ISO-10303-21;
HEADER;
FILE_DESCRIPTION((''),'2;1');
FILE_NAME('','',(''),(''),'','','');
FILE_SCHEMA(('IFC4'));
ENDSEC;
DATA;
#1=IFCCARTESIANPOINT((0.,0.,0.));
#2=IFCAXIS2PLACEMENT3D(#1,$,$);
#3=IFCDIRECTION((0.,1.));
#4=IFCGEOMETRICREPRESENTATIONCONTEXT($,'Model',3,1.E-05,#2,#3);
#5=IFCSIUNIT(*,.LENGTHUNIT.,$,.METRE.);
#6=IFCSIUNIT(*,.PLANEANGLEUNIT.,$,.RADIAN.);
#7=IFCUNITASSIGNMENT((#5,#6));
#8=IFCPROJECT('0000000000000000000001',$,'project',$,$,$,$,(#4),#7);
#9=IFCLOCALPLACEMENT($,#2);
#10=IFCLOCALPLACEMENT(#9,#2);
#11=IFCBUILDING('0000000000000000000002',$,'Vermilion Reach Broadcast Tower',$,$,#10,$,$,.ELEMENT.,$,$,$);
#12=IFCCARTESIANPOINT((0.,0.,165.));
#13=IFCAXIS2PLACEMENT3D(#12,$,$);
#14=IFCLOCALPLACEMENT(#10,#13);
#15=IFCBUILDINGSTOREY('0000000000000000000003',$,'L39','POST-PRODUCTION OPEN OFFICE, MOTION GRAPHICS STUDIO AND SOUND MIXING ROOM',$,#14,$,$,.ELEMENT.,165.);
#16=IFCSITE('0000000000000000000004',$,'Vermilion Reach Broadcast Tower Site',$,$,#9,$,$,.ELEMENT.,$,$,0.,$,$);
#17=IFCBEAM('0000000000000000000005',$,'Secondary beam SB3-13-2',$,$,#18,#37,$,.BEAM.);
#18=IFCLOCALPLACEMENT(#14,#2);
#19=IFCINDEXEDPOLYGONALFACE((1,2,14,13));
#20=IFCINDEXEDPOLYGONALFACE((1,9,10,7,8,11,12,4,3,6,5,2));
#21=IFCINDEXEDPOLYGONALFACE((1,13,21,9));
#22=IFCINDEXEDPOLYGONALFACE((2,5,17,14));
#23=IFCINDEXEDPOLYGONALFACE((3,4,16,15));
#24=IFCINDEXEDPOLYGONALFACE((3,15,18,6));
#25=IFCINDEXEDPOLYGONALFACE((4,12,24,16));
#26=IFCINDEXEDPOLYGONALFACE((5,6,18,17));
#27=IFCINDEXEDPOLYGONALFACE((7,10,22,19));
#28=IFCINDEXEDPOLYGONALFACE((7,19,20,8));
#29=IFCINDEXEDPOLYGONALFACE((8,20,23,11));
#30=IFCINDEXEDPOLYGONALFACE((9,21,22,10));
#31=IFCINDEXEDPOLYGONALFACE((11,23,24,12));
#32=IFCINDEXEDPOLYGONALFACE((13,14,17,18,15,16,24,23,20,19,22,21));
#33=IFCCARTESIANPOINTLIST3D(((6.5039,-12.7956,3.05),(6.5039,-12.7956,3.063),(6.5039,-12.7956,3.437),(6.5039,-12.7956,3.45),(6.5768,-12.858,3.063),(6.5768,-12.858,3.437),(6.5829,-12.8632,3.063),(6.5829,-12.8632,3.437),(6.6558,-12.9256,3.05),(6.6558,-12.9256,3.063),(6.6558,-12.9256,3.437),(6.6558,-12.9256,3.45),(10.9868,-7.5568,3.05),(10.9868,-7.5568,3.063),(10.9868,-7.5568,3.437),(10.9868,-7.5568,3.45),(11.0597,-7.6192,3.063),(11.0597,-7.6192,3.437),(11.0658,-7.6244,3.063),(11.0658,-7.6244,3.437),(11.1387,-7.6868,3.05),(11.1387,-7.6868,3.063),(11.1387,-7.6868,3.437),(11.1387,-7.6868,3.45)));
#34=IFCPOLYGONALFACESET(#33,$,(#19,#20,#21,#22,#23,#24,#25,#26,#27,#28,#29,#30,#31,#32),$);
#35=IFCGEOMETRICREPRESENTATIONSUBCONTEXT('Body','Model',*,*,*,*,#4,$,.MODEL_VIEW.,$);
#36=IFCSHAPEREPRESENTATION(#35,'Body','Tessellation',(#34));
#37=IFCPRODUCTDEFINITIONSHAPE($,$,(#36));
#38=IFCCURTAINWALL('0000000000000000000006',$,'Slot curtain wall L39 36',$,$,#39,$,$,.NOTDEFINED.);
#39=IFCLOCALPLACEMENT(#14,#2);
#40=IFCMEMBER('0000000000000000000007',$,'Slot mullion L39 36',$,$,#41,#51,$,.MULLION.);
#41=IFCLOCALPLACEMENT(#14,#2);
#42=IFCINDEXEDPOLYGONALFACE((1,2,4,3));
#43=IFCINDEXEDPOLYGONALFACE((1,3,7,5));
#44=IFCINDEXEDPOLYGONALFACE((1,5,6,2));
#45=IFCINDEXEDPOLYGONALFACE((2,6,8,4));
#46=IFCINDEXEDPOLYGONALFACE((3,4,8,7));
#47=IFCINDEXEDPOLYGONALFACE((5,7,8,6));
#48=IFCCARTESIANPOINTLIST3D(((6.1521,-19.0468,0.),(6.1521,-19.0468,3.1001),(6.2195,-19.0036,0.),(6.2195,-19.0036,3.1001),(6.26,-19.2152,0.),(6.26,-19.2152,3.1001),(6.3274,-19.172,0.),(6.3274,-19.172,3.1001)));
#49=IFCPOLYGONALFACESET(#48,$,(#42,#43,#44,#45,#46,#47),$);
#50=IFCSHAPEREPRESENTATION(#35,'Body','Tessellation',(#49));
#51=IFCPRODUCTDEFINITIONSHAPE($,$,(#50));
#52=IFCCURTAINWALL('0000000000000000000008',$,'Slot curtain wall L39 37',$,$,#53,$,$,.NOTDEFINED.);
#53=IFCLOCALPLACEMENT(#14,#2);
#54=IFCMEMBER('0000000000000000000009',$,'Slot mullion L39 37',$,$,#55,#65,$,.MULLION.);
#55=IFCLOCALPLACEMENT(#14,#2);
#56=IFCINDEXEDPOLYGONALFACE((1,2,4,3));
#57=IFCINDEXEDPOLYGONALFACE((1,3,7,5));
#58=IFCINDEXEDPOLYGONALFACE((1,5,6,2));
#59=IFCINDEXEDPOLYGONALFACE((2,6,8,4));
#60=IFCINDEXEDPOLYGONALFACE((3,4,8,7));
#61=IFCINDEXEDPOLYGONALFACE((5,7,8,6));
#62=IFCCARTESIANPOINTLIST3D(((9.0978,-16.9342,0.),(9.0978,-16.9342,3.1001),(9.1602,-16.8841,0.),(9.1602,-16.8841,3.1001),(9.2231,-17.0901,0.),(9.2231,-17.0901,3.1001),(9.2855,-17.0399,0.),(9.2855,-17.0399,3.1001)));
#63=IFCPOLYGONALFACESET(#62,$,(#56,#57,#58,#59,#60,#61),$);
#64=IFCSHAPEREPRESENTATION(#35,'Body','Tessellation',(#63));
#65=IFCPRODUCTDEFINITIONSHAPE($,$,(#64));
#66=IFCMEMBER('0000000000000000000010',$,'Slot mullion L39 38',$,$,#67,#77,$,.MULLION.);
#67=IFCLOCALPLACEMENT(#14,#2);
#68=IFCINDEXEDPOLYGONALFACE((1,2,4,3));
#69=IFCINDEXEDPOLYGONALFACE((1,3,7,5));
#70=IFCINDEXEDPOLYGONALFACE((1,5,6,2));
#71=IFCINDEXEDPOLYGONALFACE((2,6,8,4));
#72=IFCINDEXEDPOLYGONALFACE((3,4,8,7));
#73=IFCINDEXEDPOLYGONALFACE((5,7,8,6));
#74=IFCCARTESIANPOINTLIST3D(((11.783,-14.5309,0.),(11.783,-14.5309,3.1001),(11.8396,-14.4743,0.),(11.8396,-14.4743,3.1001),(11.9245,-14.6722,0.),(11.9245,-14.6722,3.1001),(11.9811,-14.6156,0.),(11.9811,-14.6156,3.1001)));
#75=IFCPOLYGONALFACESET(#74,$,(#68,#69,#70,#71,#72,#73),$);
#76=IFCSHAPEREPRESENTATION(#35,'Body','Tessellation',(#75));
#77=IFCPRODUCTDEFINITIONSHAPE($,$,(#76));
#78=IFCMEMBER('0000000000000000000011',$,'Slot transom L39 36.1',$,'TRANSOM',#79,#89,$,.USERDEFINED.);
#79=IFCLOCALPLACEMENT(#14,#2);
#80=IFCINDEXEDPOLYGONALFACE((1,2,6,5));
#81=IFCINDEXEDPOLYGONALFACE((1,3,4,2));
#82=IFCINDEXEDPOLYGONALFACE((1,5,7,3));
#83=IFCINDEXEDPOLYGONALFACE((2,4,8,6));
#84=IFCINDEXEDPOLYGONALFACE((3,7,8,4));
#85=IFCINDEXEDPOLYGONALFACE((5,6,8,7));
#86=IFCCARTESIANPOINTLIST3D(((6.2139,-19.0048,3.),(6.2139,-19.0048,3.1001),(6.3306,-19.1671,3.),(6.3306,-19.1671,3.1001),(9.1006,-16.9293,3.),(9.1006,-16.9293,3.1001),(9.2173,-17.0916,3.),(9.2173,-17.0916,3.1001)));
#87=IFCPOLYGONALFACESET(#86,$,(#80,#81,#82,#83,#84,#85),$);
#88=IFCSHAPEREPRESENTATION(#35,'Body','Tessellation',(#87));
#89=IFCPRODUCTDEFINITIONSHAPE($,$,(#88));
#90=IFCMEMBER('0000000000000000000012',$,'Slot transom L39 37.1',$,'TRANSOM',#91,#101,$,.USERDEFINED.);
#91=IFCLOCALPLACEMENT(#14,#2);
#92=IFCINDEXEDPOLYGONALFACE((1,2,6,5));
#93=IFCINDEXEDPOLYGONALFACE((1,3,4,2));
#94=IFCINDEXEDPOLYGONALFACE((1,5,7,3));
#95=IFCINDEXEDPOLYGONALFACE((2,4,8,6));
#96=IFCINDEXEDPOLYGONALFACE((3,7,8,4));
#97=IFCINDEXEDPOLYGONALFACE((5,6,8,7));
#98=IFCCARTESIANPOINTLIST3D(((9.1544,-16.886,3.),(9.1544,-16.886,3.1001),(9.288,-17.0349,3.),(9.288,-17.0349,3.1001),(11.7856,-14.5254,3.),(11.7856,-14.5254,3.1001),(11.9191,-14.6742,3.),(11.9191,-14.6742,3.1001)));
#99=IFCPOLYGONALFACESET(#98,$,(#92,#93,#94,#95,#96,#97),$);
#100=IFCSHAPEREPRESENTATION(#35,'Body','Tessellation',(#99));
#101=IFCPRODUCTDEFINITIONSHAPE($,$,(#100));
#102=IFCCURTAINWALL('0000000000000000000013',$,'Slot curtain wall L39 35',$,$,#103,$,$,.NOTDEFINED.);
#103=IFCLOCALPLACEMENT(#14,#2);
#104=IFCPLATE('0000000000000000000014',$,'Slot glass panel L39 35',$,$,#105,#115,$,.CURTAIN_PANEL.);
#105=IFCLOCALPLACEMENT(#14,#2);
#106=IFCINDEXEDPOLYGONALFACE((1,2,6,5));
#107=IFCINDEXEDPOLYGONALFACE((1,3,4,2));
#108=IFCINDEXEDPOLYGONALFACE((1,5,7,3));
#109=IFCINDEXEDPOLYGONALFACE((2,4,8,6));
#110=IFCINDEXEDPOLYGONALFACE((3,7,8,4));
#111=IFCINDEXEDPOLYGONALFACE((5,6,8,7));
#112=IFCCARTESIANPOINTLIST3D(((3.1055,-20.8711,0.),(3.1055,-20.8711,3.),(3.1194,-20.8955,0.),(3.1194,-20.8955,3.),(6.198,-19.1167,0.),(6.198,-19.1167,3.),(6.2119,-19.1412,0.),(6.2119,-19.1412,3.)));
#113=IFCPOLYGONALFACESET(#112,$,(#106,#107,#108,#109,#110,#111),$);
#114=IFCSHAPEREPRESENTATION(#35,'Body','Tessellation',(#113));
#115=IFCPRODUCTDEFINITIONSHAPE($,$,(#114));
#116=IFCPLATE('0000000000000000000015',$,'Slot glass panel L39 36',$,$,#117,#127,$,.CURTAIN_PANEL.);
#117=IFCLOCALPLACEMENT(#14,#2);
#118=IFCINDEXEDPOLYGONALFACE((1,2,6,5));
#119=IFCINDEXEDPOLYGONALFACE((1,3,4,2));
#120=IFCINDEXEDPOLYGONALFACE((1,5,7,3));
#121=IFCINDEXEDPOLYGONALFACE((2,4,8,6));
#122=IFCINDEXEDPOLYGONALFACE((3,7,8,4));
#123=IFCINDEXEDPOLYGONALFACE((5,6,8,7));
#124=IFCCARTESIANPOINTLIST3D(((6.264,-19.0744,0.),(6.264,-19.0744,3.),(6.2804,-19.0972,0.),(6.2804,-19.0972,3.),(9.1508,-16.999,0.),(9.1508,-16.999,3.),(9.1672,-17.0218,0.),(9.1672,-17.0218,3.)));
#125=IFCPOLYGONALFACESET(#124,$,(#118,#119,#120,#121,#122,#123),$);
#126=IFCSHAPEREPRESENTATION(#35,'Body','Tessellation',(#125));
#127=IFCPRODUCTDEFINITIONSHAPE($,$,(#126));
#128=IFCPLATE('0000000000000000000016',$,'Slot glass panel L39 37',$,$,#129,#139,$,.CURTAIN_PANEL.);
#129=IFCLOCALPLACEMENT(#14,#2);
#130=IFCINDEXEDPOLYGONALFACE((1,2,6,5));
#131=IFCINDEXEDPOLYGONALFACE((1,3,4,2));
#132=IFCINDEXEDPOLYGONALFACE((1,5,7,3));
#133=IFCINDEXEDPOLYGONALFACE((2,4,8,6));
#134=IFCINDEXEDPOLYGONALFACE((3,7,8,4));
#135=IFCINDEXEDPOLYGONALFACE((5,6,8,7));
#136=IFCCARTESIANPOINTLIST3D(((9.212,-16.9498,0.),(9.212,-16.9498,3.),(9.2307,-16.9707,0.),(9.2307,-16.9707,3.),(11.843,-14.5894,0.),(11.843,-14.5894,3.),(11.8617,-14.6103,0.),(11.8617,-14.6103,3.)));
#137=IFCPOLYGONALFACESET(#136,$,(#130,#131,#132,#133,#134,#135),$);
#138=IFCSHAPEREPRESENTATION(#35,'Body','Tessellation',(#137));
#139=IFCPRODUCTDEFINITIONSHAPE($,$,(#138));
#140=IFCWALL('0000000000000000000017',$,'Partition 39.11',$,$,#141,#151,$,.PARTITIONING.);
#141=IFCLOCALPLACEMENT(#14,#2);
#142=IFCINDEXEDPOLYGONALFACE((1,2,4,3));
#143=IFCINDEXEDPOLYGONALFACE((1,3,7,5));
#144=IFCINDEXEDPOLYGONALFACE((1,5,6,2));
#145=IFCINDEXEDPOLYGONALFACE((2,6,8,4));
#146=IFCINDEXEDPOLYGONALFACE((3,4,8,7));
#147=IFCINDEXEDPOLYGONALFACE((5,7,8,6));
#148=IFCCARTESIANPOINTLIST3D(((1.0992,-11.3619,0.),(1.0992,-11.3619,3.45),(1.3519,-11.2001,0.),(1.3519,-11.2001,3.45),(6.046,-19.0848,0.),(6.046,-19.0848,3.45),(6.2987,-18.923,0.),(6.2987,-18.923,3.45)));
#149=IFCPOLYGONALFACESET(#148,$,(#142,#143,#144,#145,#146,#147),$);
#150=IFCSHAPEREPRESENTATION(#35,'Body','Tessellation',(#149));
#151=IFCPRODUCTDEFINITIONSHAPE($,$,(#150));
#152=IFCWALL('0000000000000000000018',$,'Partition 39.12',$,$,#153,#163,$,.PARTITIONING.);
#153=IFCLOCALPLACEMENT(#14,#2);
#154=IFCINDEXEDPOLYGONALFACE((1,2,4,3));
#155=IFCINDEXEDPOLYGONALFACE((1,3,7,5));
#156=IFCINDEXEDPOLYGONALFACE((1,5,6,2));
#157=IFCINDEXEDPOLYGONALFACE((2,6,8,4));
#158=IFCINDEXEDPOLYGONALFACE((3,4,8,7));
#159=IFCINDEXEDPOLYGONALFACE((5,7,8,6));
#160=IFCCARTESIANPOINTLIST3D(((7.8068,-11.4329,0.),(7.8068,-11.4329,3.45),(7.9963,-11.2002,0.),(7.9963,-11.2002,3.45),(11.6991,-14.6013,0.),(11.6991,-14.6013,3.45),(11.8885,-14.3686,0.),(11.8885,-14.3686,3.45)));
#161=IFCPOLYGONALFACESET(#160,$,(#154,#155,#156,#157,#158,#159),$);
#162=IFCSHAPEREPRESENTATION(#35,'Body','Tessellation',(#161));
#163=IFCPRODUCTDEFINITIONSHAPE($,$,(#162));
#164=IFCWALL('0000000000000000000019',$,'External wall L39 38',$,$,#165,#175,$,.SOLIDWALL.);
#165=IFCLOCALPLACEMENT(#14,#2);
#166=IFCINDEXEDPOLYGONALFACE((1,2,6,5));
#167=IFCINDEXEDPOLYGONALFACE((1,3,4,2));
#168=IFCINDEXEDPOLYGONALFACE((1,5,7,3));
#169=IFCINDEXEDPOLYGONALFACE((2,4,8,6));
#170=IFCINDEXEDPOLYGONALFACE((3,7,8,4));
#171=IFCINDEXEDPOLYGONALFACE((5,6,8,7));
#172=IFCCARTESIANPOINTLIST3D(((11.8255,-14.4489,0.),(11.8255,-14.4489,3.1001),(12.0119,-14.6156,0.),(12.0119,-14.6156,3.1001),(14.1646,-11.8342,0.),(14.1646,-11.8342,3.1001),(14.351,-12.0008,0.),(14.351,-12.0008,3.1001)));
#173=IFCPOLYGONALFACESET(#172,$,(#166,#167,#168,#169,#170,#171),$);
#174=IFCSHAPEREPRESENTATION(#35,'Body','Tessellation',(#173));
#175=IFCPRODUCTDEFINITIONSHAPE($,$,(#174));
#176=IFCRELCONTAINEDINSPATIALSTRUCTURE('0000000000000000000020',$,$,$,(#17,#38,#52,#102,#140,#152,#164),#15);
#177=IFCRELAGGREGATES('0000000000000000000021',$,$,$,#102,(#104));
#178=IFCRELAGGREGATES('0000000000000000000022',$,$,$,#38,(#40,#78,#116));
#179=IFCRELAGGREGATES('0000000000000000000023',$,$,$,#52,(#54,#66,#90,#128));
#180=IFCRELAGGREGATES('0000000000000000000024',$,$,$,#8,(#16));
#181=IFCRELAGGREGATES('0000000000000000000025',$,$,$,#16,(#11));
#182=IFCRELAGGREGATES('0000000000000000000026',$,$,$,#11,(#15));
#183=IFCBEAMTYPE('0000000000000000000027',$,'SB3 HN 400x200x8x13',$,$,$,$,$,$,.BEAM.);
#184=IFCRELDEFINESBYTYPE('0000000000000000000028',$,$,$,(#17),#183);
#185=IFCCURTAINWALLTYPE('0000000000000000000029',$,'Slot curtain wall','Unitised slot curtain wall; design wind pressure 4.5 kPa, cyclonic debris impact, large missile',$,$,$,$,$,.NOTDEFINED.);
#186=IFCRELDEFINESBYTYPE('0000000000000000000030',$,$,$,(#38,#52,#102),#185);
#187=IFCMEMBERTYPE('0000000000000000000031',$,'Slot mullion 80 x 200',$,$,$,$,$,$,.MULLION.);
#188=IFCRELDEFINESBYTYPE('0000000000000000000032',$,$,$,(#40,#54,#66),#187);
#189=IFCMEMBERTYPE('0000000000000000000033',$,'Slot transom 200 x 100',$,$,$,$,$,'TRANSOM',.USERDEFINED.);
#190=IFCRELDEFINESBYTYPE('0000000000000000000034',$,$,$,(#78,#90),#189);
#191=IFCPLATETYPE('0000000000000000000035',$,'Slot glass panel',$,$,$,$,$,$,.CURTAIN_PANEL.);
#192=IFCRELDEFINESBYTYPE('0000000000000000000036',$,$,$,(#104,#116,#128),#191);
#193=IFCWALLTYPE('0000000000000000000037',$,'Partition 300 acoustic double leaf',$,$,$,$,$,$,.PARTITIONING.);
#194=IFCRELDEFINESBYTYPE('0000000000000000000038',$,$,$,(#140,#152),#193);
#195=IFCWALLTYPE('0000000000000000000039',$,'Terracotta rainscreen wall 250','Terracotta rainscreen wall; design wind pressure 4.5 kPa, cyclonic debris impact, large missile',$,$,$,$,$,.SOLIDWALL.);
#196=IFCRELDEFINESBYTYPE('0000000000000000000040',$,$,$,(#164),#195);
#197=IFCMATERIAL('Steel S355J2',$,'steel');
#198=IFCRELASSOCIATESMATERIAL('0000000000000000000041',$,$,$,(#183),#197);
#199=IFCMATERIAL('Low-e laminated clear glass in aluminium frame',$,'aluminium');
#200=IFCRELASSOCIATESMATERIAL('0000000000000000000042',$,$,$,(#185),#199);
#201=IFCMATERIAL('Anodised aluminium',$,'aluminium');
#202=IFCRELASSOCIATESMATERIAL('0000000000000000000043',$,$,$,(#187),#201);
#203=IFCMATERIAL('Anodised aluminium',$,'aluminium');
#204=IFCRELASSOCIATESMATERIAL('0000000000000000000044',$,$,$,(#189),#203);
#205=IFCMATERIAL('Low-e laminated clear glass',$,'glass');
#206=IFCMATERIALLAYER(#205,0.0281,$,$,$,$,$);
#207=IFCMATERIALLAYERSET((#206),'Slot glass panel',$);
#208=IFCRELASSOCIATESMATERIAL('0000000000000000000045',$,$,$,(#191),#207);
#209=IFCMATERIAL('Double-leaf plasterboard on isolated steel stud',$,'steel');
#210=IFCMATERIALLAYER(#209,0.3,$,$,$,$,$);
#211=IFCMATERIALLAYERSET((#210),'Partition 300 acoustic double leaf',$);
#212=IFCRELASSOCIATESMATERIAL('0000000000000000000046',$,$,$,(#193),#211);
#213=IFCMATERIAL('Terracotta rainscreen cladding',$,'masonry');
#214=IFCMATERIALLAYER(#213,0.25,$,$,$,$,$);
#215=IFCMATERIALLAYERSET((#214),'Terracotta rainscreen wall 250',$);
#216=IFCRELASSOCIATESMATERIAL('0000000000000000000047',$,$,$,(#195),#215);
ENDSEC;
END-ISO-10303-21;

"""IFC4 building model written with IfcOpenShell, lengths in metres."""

from ifc_helpers import new_model, si_unit, direction, frame, frame_2d, origin, origin_2d, place, context, subcontext, project, spatial, rectangle, i_section, extrude, material, layer, layer_set, material_profile, profile_set, type_object, element, aggregate, save


model = new_model("IFC4")

# Units and contexts
model_context = context("Model", 3, precision=1e-05, world=origin(), true_north=direction((0.0, 1.0)))
body_context = subcontext(model_context, "Body", "Model", "MODEL_VIEW")
ifc_project = project(units=[si_unit("LENGTHUNIT", "METRE"), si_unit("PLANEANGLEUNIT", "RADIAN")], contexts=[model_context])

# Site, building, storey
site_placement = place(None, origin())
site = spatial("IfcSite", under=ifc_project, at=site_placement, Name="Vermilion Reach Broadcast Tower Site", CompositionType="ELEMENT", RefElevation=0.0)
building_placement = place(site_placement, origin())
building = spatial("IfcBuilding", under=site, at=building_placement, Name="Vermilion Reach Broadcast Tower", CompositionType="ELEMENT")
storey_placement = place(building_placement, frame((0.0, 0.0, 165.0)))
storey = spatial("IfcBuildingStorey", under=building, at=storey_placement, Name="L39", Description="POST-PRODUCTION OPEN OFFICE, MOTION GRAPHICS STUDIO AND SOUND MIXING ROOM", CompositionType="ELEMENT", Elevation=165.0)

# Beam
ifc_material_1 = material(Name="Steel S355J2", Category="steel")
ifc_material_profile_1 = material_profile(ifc_material_1, i_section(OverallWidth=0.2, OverallDepth=0.3999, WebThickness=0.0081, FlangeThickness=0.0129, at=origin_2d()), Name="S355J2 HN 400x200x8x13")
ifc_profile_set_1 = profile_set([ifc_material_profile_1], Name="Steel S355J2")
beam_type_1 = type_object("IfcBeamType", Name="SB3 HN 400x200x8x13", PredefinedType="BEAM", material=ifc_profile_set_1)
beam_1_placement = place(storey_placement, frame((6.5798, -12.8606, 3.25), z_axis=(0.650167, 0.759791, 0.0), x_axis=(-0.759791, 0.650167, 0.0)))
element("IfcBeam", 1, at=beam_1_placement, inside=storey, type_object=beam_type_1, Name="Secondary beam SB3-13-2", PredefinedType="BEAM", context=body_context, shape_type="SweptSolid", body=[
    extrude(i_section(OverallWidth=0.2, OverallDepth=0.3999, WebThickness=0.0081, FlangeThickness=0.0129, at=origin_2d()), origin(), (0.0, 0.0, 1.0), 6.895),
])

# Curtain wall, member
ifc_material_2 = material(Name="Low-e laminated clear glass in aluminium frame", Category="aluminium")
curtain_wall_type = type_object("IfcCurtainWallType", Name="Slot curtain wall", Description="Unitised slot curtain wall; design wind pressure 4.5 kPa, cyclonic debris impact, large missile", PredefinedType="NOTDEFINED", material=ifc_material_2)
placement = place(storey_placement, origin())
curtain_wall_1 = element("IfcCurtainWall", 2, at=placement, inside=storey, type_object=curtain_wall_type, Name="Slot curtain wall L39 36", PredefinedType="NOTDEFINED")
ifc_material_3 = material(Name="Anodised aluminium", Category="aluminium")
ifc_material_profile_2 = material_profile(ifc_material_3, rectangle(XDim=0.2, YDim=0.0801, at=origin_2d()), Name="Slot mullion 80 x 200")
ifc_profile_set_2 = profile_set([ifc_material_profile_2], Name="Anodised aluminium")
member_type_1 = type_object("IfcMemberType", Name="Slot mullion 80 x 200", PredefinedType="MULLION", material=ifc_profile_set_2)
member_1_placement = place(storey_placement, frame((6.2397, -19.1094, 0.0), z_axis=(0.0, 0.0, 1.0), x_axis=(-0.539359, 0.842076, 0.0)))
member_1 = element("IfcMember", 3, at=member_1_placement, type_object=member_type_1, Name="Slot mullion L39 36", PredefinedType="MULLION", context=body_context, shape_type="SweptSolid", body=[
    extrude(rectangle(XDim=0.2, YDim=0.0801, at=origin_2d()), origin(), (0.0, 0.0, 1.0), 3.1001),
])

# Curtain wall, members
curtain_wall_2 = element("IfcCurtainWall", 4, at=placement, inside=storey, type_object=curtain_wall_type, Name="Slot curtain wall L39 37", PredefinedType="NOTDEFINED")
member_2_placement = place(storey_placement, frame((9.1917, -16.9871, 0.0), z_axis=(0.0, 0.0, 1.0), x_axis=(-0.626684, 0.779273, 0.0)))
member_2 = element("IfcMember", 5, at=member_2_placement, type_object=member_type_1, Name="Slot mullion L39 37", PredefinedType="MULLION", context=body_context, shape_type="SweptSolid", body=[
    extrude(rectangle(XDim=0.2, YDim=0.0801, at=origin_2d()), origin(), (0.0, 0.0, 1.0), 3.1001),
])
member_3_placement = place(storey_placement, frame((11.8821, -14.5732, 0.0), z_axis=(0.0, 0.0, 1.0), x_axis=(-0.707613, 0.706601, 0.0)))
member_3 = element("IfcMember", 6, at=member_3_placement, type_object=member_type_1, Name="Slot mullion L39 38", PredefinedType="MULLION", context=body_context, shape_type="SweptSolid", body=[
    extrude(rectangle(XDim=0.2, YDim=0.0801, at=origin_2d()), origin(), (0.0, 0.0, 1.0), 3.1001),
])

# Members
ifc_material_4 = material(Name="Anodised aluminium", Category="aluminium")
ifc_material_profile_3 = material_profile(ifc_material_4, rectangle(XDim=0.2, YDim=0.1001, at=origin_2d()), Name="Slot transom 200 x 100")
ifc_profile_set_3 = profile_set([ifc_material_profile_3], Name="Anodised aluminium")
member_type_2 = type_object("IfcMemberType", Name="Slot transom 200 x 100", ElementType="TRANSOM", PredefinedType="USERDEFINED", material=ifc_profile_set_3)
member_4_placement = place(storey_placement, frame((6.2722, -19.0859, 3.05), z_axis=(0.811934, 0.583749, 0.0), x_axis=(-0.583749, 0.811934, 0.0)))
member_4 = element("IfcMember", 7, at=member_4_placement, type_object=member_type_2, Name="Slot transom L39 36.1", ObjectType="TRANSOM", PredefinedType="USERDEFINED", context=body_context, shape_type="SweptSolid", body=[
    extrude(rectangle(XDim=0.2, YDim=0.1001, at=origin_2d()), origin(), (0.0, 0.0, 1.0), 3.5554),
])
member_5_placement = place(storey_placement, frame((9.2212, -16.9604, 3.05), z_axis=(0.744334, 0.667808, 0.0), x_axis=(-0.667808, 0.744334, 0.0)))
member_5 = element("IfcMember", 8, at=member_5_placement, type_object=member_type_2, Name="Slot transom L39 37.1", ObjectType="TRANSOM", PredefinedType="USERDEFINED", context=body_context, shape_type="SweptSolid", body=[
    extrude(rectangle(XDim=0.2, YDim=0.1001, at=origin_2d()), origin(), (0.0, 0.0, 1.0), 3.5349),
])

# Curtain wall, plate
curtain_wall_3 = element("IfcCurtainWall", 9, at=placement, inside=storey, type_object=curtain_wall_type, Name="Slot curtain wall L39 35", PredefinedType="NOTDEFINED")
ifc_material_5 = material(Name="Low-e laminated clear glass", Category="glass")
ifc_layer_1 = layer(ifc_material_5, 0.0281)
ifc_layer_set_1 = layer_set([ifc_layer_1], Name="Slot glass panel")
plate_type = type_object("IfcPlateType", Name="Slot glass panel", PredefinedType="CURTAIN_PANEL", material=ifc_layer_set_1)
plate_1_placement = place(storey_placement, frame((4.6587, -20.0061, 0.0), z_axis=(0.0, 0.0, 1.0), x_axis=(0.869791, 0.493421, 0.0)))
plate_1 = element("IfcPlate", 10, at=plate_1_placement, type_object=plate_type, Name="Slot glass panel L39 35", PredefinedType="CURTAIN_PANEL", context=body_context, shape_type="SweptSolid", body=[
    extrude(rectangle(XDim=3.5554, YDim=0.0281, at=origin_2d()), origin(), (0.0, 0.0, 1.0), 3.0),
])
aggregate(curtain_wall_3, [plate_1])

# Plates
plate_2_placement = place(storey_placement, frame((7.7156, -18.0481, 0.0), z_axis=(0.0, 0.0, 1.0), x_axis=(0.811938, 0.583744, 0.0)))
plate_2 = element("IfcPlate", 11, at=plate_2_placement, type_object=plate_type, Name="Slot glass panel L39 36", PredefinedType="CURTAIN_PANEL", context=body_context, shape_type="SweptSolid", body=[
    extrude(rectangle(XDim=3.5554, YDim=0.0281, at=origin_2d()), origin(), (0.0, 0.0, 1.0), 3.0),
])
aggregate(curtain_wall_1, [member_1, member_4, plate_2])
plate_3_placement = place(storey_placement, frame((10.5369, -15.78, 0.0), z_axis=(0.0, 0.0, 1.0), x_axis=(0.74434, 0.667801, 0.0)))
plate_3 = element("IfcPlate", 12, at=plate_3_placement, type_object=plate_type, Name="Slot glass panel L39 37", PredefinedType="CURTAIN_PANEL", context=body_context, shape_type="SweptSolid", body=[
    extrude(rectangle(XDim=3.5347, YDim=0.0281, at=origin_2d()), origin(), (0.0, 0.0, 1.0), 3.0),
])
aggregate(curtain_wall_2, [member_2, member_3, member_5, plate_3])

# Walls
ifc_material_6 = material(Name="Double-leaf plasterboard on isolated steel stud", Category="steel")
ifc_layer_2 = layer(ifc_material_6, 0.3)
ifc_layer_set_2 = layer_set([ifc_layer_2], Name="Partition 300 acoustic double leaf")
wall_type_1 = type_object("IfcWallType", Name="Partition 300 acoustic double leaf", PredefinedType="PARTITIONING", material=ifc_layer_set_2)
wall_1_placement = place(storey_placement, frame((6.1724, -19.0039, 0.0), z_axis=(0.0, 0.0, 1.0), x_axis=(-0.539372, 0.842067, 0.0)))
element("IfcWall", 13, at=wall_1_placement, inside=storey, type_object=wall_type_1, Name="Partition 39.11", PredefinedType="PARTITIONING", context=body_context, shape_type="SweptSolid", body=[
    extrude(rectangle(XDim=9.1714, YDim=0.3, at=frame_2d((4.5857, 0.0))), origin(), (0.0, 0.0, 1.0), 3.45),
])
wall_2_placement = place(storey_placement, frame((11.7937, -14.4849, 0.0), z_axis=(0.0, 0.0, 1.0), x_axis=(-0.775535, 0.631305, 0.0)))
element("IfcWall", 14, at=wall_2_placement, inside=storey, type_object=wall_type_1, Name="Partition 39.12", PredefinedType="PARTITIONING", context=body_context, shape_type="SweptSolid", body=[
    extrude(rectangle(XDim=5.0188, YDim=0.3, at=frame_2d((2.5093, 0.0))), origin(), (0.0, 0.0, 1.0), 3.45),
])
ifc_material_7 = material(Name="Terracotta rainscreen cladding", Category="masonry")
ifc_layer_3 = layer(ifc_material_7, 0.25)
ifc_layer_set_3 = layer_set([ifc_layer_3], Name="Terracotta rainscreen wall 250")
wall_type_2 = type_object("IfcWallType", Name="Terracotta rainscreen wall 250", Description="Terracotta rainscreen wall; design wind pressure 4.5 kPa, cyclonic debris impact, large missile", PredefinedType="SOLIDWALL", material=ifc_layer_set_3)
wall_3_placement = place(storey_placement, frame((11.9187, -14.5322, 0.0), z_axis=(0.0, 0.0, 1.0), x_axis=(0.666732, 0.745298, 0.0)))
element("IfcWall", 15, at=wall_3_placement, inside=storey, type_object=wall_type_2, Name="External wall L39 38", PredefinedType="SOLIDWALL", context=body_context, shape_type="SweptSolid", body=[
    extrude(rectangle(XDim=3.5083, YDim=0.25, at=frame_2d((1.7542, 0.0))), origin(), (0.0, 0.0, 1.0), 3.1001),
])

save(model, "model.ifc")
